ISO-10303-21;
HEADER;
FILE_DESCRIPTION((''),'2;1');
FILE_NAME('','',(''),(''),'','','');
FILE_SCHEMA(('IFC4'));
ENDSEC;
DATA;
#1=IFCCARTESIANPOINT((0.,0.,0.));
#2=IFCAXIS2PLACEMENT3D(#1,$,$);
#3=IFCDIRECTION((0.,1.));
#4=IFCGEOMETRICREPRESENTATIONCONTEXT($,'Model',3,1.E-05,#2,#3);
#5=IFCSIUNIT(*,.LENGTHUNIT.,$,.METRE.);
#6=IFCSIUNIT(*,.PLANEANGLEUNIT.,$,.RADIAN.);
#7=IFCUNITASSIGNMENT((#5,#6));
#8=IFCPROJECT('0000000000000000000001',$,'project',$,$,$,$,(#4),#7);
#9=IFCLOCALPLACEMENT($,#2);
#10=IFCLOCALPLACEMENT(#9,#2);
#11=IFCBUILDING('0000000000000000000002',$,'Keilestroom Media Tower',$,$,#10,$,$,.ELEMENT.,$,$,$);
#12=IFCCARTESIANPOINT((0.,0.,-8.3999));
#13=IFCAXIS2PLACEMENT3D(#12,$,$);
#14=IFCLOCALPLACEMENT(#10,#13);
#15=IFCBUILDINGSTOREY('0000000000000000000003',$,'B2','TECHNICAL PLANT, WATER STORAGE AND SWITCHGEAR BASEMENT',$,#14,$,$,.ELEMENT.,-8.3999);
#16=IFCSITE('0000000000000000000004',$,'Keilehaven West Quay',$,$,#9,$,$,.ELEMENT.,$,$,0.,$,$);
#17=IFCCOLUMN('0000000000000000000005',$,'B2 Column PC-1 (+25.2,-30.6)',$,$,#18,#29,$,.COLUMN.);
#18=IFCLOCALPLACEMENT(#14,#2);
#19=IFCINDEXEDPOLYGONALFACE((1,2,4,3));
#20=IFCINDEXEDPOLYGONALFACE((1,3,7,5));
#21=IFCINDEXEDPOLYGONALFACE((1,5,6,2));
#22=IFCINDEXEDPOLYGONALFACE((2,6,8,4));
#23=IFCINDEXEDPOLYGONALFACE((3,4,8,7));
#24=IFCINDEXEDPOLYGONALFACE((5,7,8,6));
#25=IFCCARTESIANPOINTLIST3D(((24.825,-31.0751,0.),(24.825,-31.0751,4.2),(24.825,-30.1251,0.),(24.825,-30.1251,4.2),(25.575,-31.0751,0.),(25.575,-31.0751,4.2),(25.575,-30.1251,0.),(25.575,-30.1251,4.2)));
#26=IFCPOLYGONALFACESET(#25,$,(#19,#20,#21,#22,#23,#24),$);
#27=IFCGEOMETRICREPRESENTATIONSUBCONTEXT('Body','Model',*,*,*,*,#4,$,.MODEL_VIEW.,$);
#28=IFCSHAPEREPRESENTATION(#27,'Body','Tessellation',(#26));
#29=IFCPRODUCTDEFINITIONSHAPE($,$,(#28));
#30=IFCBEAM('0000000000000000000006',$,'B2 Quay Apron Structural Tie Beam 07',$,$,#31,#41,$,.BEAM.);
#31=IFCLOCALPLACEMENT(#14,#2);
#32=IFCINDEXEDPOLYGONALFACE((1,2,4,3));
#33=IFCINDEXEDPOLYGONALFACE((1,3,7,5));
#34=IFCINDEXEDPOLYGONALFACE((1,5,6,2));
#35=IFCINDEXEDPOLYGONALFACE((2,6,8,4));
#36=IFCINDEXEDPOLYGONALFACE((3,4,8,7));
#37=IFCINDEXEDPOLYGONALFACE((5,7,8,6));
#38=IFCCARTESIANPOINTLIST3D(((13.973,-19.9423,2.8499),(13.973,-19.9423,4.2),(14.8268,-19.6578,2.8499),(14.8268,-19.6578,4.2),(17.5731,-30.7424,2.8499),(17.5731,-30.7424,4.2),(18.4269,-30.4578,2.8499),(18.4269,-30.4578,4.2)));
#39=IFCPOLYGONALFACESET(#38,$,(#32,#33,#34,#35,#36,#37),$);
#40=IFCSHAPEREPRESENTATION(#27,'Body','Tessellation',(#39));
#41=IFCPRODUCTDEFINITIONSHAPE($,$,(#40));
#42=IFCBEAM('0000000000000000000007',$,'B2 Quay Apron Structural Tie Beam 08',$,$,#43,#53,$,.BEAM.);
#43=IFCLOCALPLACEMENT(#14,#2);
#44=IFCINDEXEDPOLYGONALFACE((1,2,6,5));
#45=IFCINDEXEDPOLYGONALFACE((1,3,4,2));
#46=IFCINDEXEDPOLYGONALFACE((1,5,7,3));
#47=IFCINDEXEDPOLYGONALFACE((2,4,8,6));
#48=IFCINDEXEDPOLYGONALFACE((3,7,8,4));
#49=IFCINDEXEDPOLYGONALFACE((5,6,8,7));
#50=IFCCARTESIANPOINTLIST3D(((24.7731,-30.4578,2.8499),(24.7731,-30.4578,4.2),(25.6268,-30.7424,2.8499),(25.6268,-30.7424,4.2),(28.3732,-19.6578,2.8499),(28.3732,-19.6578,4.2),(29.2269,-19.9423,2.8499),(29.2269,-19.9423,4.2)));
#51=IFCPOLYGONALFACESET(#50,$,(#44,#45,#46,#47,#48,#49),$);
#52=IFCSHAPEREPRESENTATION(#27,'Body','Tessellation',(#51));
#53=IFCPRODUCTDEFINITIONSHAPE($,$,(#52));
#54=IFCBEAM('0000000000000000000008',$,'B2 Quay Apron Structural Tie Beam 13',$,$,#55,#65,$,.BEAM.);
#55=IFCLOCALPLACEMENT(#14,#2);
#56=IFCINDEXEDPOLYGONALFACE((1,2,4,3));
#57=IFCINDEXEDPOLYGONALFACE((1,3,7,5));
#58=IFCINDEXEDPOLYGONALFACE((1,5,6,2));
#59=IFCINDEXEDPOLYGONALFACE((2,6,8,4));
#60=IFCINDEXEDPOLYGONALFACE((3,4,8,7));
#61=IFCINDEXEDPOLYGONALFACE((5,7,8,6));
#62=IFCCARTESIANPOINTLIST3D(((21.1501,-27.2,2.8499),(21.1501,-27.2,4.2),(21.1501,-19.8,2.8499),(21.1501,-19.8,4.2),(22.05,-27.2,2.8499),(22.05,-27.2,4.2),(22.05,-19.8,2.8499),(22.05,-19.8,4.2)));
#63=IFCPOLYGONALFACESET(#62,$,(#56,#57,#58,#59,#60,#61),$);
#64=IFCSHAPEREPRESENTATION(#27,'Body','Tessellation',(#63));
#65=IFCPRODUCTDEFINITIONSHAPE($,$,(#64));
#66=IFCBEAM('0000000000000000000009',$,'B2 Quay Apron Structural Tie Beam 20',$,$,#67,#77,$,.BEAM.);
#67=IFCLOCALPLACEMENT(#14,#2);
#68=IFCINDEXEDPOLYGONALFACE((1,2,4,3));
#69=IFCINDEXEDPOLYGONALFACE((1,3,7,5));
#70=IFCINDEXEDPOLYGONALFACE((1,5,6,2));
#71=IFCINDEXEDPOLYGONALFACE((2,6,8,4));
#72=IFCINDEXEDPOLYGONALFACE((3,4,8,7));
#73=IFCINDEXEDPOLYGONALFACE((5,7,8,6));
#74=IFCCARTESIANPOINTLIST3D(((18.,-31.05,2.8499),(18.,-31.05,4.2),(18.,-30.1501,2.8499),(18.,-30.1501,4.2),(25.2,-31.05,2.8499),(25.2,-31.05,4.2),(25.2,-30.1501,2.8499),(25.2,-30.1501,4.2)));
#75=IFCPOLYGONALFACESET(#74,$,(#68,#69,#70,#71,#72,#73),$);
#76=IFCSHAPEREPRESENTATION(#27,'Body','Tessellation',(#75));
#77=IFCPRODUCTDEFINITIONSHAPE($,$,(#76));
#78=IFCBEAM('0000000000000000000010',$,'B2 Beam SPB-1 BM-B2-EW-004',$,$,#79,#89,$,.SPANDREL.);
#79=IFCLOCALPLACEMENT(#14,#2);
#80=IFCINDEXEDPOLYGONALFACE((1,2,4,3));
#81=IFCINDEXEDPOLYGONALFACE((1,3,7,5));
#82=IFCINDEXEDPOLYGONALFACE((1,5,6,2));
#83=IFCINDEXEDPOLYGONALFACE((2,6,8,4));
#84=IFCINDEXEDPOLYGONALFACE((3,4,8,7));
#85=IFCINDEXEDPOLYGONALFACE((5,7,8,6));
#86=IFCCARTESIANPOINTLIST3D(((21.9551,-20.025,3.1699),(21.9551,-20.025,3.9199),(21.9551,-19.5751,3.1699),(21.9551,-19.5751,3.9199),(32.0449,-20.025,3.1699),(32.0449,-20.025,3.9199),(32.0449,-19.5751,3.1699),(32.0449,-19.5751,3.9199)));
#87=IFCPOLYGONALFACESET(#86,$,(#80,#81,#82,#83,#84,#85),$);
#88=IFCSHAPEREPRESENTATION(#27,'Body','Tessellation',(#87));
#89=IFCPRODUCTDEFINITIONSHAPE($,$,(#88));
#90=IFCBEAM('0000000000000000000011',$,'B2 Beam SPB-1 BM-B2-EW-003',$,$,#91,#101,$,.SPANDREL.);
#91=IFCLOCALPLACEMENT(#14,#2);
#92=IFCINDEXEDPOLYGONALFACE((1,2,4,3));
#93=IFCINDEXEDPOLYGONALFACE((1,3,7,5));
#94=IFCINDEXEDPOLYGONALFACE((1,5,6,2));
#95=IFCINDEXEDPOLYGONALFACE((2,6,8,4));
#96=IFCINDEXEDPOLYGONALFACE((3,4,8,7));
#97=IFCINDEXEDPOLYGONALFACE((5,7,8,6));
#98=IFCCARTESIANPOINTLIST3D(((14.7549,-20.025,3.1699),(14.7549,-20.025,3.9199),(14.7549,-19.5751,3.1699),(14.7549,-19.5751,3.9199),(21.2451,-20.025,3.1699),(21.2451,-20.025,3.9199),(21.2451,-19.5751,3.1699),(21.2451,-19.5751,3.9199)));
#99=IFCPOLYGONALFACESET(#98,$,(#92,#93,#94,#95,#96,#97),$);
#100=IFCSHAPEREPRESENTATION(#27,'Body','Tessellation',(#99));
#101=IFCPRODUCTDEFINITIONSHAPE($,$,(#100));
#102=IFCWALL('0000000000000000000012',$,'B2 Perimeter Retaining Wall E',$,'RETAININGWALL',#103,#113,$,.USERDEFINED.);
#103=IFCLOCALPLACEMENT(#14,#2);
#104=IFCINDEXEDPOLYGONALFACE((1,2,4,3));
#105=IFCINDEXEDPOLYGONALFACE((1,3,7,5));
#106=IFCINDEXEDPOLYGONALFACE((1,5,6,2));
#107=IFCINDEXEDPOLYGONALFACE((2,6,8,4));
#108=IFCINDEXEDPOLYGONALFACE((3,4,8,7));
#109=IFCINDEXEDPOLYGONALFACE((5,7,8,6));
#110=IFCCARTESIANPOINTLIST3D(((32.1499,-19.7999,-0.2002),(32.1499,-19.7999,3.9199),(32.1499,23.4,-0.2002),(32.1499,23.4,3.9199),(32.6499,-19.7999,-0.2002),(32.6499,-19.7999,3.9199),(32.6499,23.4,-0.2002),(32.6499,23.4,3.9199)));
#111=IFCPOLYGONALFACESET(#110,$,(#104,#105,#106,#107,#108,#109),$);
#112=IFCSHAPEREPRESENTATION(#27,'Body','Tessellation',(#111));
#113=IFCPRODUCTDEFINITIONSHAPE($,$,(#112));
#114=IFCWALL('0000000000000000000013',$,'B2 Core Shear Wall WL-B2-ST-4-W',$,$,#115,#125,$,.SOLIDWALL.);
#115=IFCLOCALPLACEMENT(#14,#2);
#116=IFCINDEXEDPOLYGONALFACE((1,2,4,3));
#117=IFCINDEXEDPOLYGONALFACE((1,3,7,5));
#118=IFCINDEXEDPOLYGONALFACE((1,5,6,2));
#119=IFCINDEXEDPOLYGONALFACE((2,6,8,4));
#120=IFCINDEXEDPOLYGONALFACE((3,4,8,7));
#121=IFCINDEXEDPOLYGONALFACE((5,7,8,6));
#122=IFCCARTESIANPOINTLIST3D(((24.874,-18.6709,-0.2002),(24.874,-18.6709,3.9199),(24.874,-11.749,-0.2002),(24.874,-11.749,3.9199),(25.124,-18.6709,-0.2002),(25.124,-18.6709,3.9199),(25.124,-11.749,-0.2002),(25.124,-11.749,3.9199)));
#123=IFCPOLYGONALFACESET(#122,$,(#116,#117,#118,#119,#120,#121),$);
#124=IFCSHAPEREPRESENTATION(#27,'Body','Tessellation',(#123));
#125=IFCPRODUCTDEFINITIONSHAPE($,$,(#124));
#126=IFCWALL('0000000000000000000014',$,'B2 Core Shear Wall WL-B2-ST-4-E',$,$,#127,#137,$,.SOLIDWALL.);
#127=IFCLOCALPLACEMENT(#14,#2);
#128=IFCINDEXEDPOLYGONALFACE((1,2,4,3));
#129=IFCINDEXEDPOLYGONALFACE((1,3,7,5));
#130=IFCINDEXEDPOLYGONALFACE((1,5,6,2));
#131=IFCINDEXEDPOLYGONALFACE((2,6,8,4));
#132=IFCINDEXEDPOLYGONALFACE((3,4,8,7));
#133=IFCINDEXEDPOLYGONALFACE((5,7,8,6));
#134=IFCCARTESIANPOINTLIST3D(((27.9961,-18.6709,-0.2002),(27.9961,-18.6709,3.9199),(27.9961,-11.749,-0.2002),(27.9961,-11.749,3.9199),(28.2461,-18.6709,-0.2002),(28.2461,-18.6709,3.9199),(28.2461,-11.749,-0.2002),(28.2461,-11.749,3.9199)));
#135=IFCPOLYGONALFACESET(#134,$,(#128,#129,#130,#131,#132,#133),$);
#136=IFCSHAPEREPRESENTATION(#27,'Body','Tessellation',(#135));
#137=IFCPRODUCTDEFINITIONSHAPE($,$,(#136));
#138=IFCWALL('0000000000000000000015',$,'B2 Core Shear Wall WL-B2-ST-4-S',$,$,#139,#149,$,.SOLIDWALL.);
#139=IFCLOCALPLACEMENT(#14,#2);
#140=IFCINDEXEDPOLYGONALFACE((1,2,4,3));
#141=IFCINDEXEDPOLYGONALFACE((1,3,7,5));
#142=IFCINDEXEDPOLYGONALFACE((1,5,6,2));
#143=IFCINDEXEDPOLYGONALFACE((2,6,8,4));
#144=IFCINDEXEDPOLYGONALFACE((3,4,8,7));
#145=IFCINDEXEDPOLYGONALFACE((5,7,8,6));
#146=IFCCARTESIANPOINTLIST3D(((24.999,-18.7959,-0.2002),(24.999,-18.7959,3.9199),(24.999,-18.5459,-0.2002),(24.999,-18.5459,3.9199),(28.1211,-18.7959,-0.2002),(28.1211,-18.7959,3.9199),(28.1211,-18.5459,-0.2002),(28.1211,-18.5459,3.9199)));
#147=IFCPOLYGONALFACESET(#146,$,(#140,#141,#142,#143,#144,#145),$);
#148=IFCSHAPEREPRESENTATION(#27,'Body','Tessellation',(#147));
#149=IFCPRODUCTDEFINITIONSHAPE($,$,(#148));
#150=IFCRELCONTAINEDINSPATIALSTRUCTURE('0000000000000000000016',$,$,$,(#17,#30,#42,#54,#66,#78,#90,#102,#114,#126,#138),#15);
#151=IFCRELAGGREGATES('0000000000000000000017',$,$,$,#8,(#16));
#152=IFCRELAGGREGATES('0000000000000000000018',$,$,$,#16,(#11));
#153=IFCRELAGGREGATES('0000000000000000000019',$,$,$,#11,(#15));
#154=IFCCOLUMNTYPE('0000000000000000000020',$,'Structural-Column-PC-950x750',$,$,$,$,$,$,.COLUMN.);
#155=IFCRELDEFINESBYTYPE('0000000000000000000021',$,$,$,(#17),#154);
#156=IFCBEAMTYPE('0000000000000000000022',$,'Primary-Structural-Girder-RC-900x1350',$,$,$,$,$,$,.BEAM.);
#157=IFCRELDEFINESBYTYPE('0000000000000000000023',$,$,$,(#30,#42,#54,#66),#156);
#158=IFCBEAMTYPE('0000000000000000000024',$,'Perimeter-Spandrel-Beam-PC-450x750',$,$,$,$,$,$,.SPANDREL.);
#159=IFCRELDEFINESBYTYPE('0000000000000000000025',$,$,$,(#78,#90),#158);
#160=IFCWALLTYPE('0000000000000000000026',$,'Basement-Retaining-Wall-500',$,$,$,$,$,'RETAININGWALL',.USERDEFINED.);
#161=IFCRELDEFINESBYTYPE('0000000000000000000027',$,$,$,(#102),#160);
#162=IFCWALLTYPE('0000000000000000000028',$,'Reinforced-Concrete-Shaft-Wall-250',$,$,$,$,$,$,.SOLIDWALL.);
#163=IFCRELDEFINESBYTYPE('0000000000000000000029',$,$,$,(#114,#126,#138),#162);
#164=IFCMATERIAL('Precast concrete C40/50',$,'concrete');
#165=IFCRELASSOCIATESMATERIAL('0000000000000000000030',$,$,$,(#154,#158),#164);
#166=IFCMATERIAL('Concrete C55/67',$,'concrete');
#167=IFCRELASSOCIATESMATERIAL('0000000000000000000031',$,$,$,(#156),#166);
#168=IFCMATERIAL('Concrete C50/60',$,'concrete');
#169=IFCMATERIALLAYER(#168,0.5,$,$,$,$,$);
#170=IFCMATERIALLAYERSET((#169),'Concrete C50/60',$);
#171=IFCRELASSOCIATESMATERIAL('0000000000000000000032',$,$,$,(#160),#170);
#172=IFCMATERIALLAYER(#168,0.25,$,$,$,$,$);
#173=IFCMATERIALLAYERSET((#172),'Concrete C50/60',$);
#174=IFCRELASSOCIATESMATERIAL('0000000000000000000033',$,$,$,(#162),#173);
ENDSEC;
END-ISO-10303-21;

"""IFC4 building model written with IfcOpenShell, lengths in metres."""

from ifc_helpers import new_model, si_unit, direction, frame, frame_2d, origin, origin_2d, place, context, subcontext, project, spatial, rectangle, extrude, source, transform, mapped, material, layer, layer_set, material_profile, profile_set, type_object, element, save


model = new_model("IFC4")

# Units and contexts
model_context = context("Model", 3, precision=1e-05, world=origin(), true_north=direction((0.0, 1.0)))
body_context = subcontext(model_context, "Body", "Model", "MODEL_VIEW")
ifc_project = project(units=[si_unit("LENGTHUNIT", "METRE"), si_unit("PLANEANGLEUNIT", "RADIAN")], contexts=[model_context])

# Site, building, storey
site_placement = place(None, origin())
site = spatial("IfcSite", under=ifc_project, at=site_placement, Name="Keilehaven West Quay", CompositionType="ELEMENT", RefElevation=0.0)
building_placement = place(site_placement, origin())
building = spatial("IfcBuilding", under=site, at=building_placement, Name="Keilestroom Media Tower", CompositionType="ELEMENT")
storey_placement = place(building_placement, frame((0.0, 0.0, -8.3999)))
storey = spatial("IfcBuildingStorey", under=building, at=storey_placement, Name="B2", Description="TECHNICAL PLANT, WATER STORAGE AND SWITCHGEAR BASEMENT", CompositionType="ELEMENT", Elevation=-8.3999)

# Shared definitions
ifc_material_1 = material(Name="Concrete C55/67", Category="concrete")

# Column
ifc_material_2 = material(Name="Precast concrete C40/50", Category="concrete")
ifc_material_profile_1 = material_profile(ifc_material_2, rectangle(XDim=0.75, YDim=0.95, at=origin_2d()), Name="PC 950x750")
ifc_profile_set_1 = profile_set([ifc_material_profile_1], Name="Precast concrete C40/50")
column_type = type_object("IfcColumnType", Name="Structural-Column-PC-950x750", PredefinedType="COLUMN", material=ifc_profile_set_1)
shared_shape_1 = source(origin(), body_context, "Body", "SweptSolid", [
    extrude(rectangle(XDim=0.75, YDim=0.95, at=origin_2d()), origin(), (0.0, 0.0, 1.0), 4.2),
])
for number, where, z_axis, x_axis, name in (
    (1, (25.2, -30.6001, 0.0), (0.0, 0.0, 1.0), (1.0, 0.0, 0.0), "B2 Column PC-1 (+25.2,-30.6)"),
):
    element("IfcColumn", number, at=place(storey_placement, frame(where, z_axis=z_axis, x_axis=x_axis)), inside=storey, type_object=column_type, Name=name, PredefinedType="COLUMN", context=body_context, shape_type="MappedRepresentation", body=[
        mapped(shared_shape_1, transform((0.0, 0.0, 0.0), x_axis=(1.0, 0.0, 0.0), y_axis=(0.0, 1.0, 0.0), z_axis=(0.0, 0.0, 1.0), scale=1.0)),
    ])

# Beams
ifc_material_profile_2 = material_profile(ifc_material_1, rectangle(XDim=0.8999, YDim=1.3501, at=origin_2d()), Name="RC 900x1350")
ifc_profile_set_2 = profile_set([ifc_material_profile_2], Name="Concrete C55/67")
beam_type_1 = type_object("IfcBeamType", Name="Primary-Structural-Girder-RC-900x1350", PredefinedType="BEAM", material=ifc_profile_set_2)
shared_shape_2 = source(origin(), body_context, "Body", "SweptSolid", [
    extrude(rectangle(XDim=0.8999, YDim=1.3501, at=origin_2d()), origin(), (0.0, 0.0, 1.0), 11.3843),
])
for number, where, z_axis, x_axis, name in (
    (2, (18.0, -30.6001, 3.5249), (-0.316234, 0.948681, 0.0), (-0.948681, -0.316234, 0.0), "B2 Quay Apron Structural Tie Beam 07"),
    (3, (25.2, -30.6001, 3.5249), (0.316234, 0.948681, 0.0), (-0.948681, 0.316234, 0.0), "B2 Quay Apron Structural Tie Beam 08"),
):
    element("IfcBeam", number, at=place(storey_placement, frame(where, z_axis=z_axis, x_axis=x_axis)), inside=storey, type_object=beam_type_1, Name=name, PredefinedType="BEAM", context=body_context, shape_type="MappedRepresentation", body=[
        mapped(shared_shape_2, transform((0.0, 0.0, 0.0), x_axis=(1.0, 0.0, 0.0), y_axis=(0.0, 1.0, 0.0), z_axis=(0.0, 0.0, 1.0), scale=1.0)),
    ])
shared_shape_3 = source(origin(), body_context, "Body", "SweptSolid", [
    extrude(rectangle(XDim=0.8999, YDim=1.3501, at=origin_2d()), origin(), (0.0, 0.0, 1.0), 7.3999),
])
beam_1_placement = place(storey_placement, frame((21.6001, -27.2, 3.5249), z_axis=(0.0, 1.0, 0.0), x_axis=(-1.0, 0.0, 0.0)))
element("IfcBeam", 4, at=beam_1_placement, inside=storey, type_object=beam_type_1, Name="B2 Quay Apron Structural Tie Beam 13", PredefinedType="BEAM", context=body_context, shape_type="MappedRepresentation", body=[
    mapped(shared_shape_3, transform((0.0, 0.0, 0.0), x_axis=(1.0, 0.0, 0.0), y_axis=(0.0, 1.0, 0.0), z_axis=(0.0, 0.0, 1.0), scale=1.0)),
])
shared_shape_4 = source(origin(), body_context, "Body", "SweptSolid", [
    extrude(rectangle(XDim=0.8999, YDim=1.3501, at=origin_2d()), origin(), (0.0, 0.0, 1.0), 7.2),
])
beam_2_placement = place(storey_placement, frame((18.0, -30.6001, 3.5249), z_axis=(1.0, 0.0, 0.0), x_axis=(0.0, 1.0, 0.0)))
element("IfcBeam", 5, at=beam_2_placement, inside=storey, type_object=beam_type_1, Name="B2 Quay Apron Structural Tie Beam 20", PredefinedType="BEAM", context=body_context, shape_type="MappedRepresentation", body=[
    mapped(shared_shape_4, transform((0.0, 0.0, 0.0), x_axis=(1.0, 0.0, 0.0), y_axis=(0.0, 1.0, 0.0), z_axis=(0.0, 0.0, 1.0), scale=1.0)),
])
ifc_material_profile_3 = material_profile(ifc_material_2, rectangle(XDim=0.45, YDim=0.75, at=origin_2d()), Name="PC 450x750")
ifc_profile_set_3 = profile_set([ifc_material_profile_3], Name="Precast concrete C40/50")
beam_type_2 = type_object("IfcBeamType", Name="Perimeter-Spandrel-Beam-PC-450x750", PredefinedType="SPANDREL", material=ifc_profile_set_3)
shared_shape_5 = source(origin(), body_context, "Body", "SweptSolid", [
    extrude(rectangle(XDim=0.45, YDim=0.75, at=origin_2d()), origin(), (0.0, 0.0, 1.0), 10.0898),
])
beam_3_placement = place(storey_placement, frame((21.9551, -19.8, 3.5449), z_axis=(1.0, 0.0, 0.0), x_axis=(0.0, 1.0, 0.0)))
element("IfcBeam", 6, at=beam_3_placement, inside=storey, type_object=beam_type_2, Name="B2 Beam SPB-1 BM-B2-EW-004", PredefinedType="SPANDREL", context=body_context, shape_type="MappedRepresentation", body=[
    mapped(shared_shape_5, transform((0.0, 0.0, 0.0), x_axis=(1.0, 0.0, 0.0), y_axis=(0.0, 1.0, 0.0), z_axis=(0.0, 0.0, 1.0), scale=1.0)),
])
shared_shape_6 = source(origin(), body_context, "Body", "SweptSolid", [
    extrude(rectangle(XDim=0.45, YDim=0.75, at=origin_2d()), origin(), (0.0, 0.0, 1.0), 6.4902),
])
beam_4_placement = place(storey_placement, frame((14.7549, -19.8, 3.5449), z_axis=(1.0, 0.0, 0.0), x_axis=(0.0, 1.0, 0.0)))
element("IfcBeam", 7, at=beam_4_placement, inside=storey, type_object=beam_type_2, Name="B2 Beam SPB-1 BM-B2-EW-003", PredefinedType="SPANDREL", context=body_context, shape_type="MappedRepresentation", body=[
    mapped(shared_shape_6, transform((0.0, 0.0, 0.0), x_axis=(1.0, 0.0, 0.0), y_axis=(0.0, 1.0, 0.0), z_axis=(0.0, 0.0, 1.0), scale=1.0)),
])

# Walls
ifc_material_3 = material(Name="Concrete C50/60", Category="concrete")
ifc_layer_1 = layer(ifc_material_3, 0.5)
ifc_layer_set_1 = layer_set([ifc_layer_1], Name="Concrete C50/60")
wall_type_1 = type_object("IfcWallType", Name="Basement-Retaining-Wall-500", ElementType="RETAININGWALL", PredefinedType="USERDEFINED", material=ifc_layer_set_1)
wall_1_placement = place(storey_placement, frame((32.3999, -19.8, -0.2002), z_axis=(0.0, 0.0, 1.0), x_axis=(0.0, 1.0, 0.0)))
element("IfcWall", 8, at=wall_1_placement, inside=storey, type_object=wall_type_1, Name="B2 Perimeter Retaining Wall E", ObjectType="RETAININGWALL", PredefinedType="USERDEFINED", context=body_context, shape_type="SweptSolid", body=[
    extrude(rectangle(XDim=43.2, YDim=0.5, at=frame_2d((21.6001, 0.0))), origin(), (0.0, 0.0, 1.0), 4.1201),
])
ifc_layer_2 = layer(ifc_material_3, 0.25)
ifc_layer_set_2 = layer_set([ifc_layer_2], Name="Concrete C50/60")
wall_type_2 = type_object("IfcWallType", Name="Reinforced-Concrete-Shaft-Wall-250", PredefinedType="SOLIDWALL", material=ifc_layer_set_2)
for number, where, z_axis, x_axis, name in (
    (9, (24.999, -18.6709, -0.2002), (0.0, 0.0, 1.0), (0.0, 1.0, 0.0), "B2 Core Shear Wall WL-B2-ST-4-W"),
    (10, (28.1211, -18.6709, -0.2002), (0.0, 0.0, 1.0), (0.0, 1.0, 0.0), "B2 Core Shear Wall WL-B2-ST-4-E"),
):
    element("IfcWall", number, at=place(storey_placement, frame(where, z_axis=z_axis, x_axis=x_axis)), inside=storey, type_object=wall_type_2, Name=name, PredefinedType="SOLIDWALL", context=body_context, shape_type="SweptSolid", body=[
        extrude(rectangle(XDim=6.9219, YDim=0.25, at=frame_2d((3.4609, 0.0))), origin(), (0.0, 0.0, 1.0), 4.1201),
    ])
wall_2_placement = place(storey_placement, frame((24.999, -18.6709, -0.2002), z_axis=(0.0, 0.0, 1.0), x_axis=(1.0, 0.0, 0.0)))
element("IfcWall", 11, at=wall_2_placement, inside=storey, type_object=wall_type_2, Name="B2 Core Shear Wall WL-B2-ST-4-S", PredefinedType="SOLIDWALL", context=body_context, shape_type="SweptSolid", body=[
    extrude(rectangle(XDim=3.1221, YDim=0.25, at=frame_2d((1.561, 0.0))), origin(), (0.0, 0.0, 1.0), 4.1201),
])

save(model, "model.ifc")
